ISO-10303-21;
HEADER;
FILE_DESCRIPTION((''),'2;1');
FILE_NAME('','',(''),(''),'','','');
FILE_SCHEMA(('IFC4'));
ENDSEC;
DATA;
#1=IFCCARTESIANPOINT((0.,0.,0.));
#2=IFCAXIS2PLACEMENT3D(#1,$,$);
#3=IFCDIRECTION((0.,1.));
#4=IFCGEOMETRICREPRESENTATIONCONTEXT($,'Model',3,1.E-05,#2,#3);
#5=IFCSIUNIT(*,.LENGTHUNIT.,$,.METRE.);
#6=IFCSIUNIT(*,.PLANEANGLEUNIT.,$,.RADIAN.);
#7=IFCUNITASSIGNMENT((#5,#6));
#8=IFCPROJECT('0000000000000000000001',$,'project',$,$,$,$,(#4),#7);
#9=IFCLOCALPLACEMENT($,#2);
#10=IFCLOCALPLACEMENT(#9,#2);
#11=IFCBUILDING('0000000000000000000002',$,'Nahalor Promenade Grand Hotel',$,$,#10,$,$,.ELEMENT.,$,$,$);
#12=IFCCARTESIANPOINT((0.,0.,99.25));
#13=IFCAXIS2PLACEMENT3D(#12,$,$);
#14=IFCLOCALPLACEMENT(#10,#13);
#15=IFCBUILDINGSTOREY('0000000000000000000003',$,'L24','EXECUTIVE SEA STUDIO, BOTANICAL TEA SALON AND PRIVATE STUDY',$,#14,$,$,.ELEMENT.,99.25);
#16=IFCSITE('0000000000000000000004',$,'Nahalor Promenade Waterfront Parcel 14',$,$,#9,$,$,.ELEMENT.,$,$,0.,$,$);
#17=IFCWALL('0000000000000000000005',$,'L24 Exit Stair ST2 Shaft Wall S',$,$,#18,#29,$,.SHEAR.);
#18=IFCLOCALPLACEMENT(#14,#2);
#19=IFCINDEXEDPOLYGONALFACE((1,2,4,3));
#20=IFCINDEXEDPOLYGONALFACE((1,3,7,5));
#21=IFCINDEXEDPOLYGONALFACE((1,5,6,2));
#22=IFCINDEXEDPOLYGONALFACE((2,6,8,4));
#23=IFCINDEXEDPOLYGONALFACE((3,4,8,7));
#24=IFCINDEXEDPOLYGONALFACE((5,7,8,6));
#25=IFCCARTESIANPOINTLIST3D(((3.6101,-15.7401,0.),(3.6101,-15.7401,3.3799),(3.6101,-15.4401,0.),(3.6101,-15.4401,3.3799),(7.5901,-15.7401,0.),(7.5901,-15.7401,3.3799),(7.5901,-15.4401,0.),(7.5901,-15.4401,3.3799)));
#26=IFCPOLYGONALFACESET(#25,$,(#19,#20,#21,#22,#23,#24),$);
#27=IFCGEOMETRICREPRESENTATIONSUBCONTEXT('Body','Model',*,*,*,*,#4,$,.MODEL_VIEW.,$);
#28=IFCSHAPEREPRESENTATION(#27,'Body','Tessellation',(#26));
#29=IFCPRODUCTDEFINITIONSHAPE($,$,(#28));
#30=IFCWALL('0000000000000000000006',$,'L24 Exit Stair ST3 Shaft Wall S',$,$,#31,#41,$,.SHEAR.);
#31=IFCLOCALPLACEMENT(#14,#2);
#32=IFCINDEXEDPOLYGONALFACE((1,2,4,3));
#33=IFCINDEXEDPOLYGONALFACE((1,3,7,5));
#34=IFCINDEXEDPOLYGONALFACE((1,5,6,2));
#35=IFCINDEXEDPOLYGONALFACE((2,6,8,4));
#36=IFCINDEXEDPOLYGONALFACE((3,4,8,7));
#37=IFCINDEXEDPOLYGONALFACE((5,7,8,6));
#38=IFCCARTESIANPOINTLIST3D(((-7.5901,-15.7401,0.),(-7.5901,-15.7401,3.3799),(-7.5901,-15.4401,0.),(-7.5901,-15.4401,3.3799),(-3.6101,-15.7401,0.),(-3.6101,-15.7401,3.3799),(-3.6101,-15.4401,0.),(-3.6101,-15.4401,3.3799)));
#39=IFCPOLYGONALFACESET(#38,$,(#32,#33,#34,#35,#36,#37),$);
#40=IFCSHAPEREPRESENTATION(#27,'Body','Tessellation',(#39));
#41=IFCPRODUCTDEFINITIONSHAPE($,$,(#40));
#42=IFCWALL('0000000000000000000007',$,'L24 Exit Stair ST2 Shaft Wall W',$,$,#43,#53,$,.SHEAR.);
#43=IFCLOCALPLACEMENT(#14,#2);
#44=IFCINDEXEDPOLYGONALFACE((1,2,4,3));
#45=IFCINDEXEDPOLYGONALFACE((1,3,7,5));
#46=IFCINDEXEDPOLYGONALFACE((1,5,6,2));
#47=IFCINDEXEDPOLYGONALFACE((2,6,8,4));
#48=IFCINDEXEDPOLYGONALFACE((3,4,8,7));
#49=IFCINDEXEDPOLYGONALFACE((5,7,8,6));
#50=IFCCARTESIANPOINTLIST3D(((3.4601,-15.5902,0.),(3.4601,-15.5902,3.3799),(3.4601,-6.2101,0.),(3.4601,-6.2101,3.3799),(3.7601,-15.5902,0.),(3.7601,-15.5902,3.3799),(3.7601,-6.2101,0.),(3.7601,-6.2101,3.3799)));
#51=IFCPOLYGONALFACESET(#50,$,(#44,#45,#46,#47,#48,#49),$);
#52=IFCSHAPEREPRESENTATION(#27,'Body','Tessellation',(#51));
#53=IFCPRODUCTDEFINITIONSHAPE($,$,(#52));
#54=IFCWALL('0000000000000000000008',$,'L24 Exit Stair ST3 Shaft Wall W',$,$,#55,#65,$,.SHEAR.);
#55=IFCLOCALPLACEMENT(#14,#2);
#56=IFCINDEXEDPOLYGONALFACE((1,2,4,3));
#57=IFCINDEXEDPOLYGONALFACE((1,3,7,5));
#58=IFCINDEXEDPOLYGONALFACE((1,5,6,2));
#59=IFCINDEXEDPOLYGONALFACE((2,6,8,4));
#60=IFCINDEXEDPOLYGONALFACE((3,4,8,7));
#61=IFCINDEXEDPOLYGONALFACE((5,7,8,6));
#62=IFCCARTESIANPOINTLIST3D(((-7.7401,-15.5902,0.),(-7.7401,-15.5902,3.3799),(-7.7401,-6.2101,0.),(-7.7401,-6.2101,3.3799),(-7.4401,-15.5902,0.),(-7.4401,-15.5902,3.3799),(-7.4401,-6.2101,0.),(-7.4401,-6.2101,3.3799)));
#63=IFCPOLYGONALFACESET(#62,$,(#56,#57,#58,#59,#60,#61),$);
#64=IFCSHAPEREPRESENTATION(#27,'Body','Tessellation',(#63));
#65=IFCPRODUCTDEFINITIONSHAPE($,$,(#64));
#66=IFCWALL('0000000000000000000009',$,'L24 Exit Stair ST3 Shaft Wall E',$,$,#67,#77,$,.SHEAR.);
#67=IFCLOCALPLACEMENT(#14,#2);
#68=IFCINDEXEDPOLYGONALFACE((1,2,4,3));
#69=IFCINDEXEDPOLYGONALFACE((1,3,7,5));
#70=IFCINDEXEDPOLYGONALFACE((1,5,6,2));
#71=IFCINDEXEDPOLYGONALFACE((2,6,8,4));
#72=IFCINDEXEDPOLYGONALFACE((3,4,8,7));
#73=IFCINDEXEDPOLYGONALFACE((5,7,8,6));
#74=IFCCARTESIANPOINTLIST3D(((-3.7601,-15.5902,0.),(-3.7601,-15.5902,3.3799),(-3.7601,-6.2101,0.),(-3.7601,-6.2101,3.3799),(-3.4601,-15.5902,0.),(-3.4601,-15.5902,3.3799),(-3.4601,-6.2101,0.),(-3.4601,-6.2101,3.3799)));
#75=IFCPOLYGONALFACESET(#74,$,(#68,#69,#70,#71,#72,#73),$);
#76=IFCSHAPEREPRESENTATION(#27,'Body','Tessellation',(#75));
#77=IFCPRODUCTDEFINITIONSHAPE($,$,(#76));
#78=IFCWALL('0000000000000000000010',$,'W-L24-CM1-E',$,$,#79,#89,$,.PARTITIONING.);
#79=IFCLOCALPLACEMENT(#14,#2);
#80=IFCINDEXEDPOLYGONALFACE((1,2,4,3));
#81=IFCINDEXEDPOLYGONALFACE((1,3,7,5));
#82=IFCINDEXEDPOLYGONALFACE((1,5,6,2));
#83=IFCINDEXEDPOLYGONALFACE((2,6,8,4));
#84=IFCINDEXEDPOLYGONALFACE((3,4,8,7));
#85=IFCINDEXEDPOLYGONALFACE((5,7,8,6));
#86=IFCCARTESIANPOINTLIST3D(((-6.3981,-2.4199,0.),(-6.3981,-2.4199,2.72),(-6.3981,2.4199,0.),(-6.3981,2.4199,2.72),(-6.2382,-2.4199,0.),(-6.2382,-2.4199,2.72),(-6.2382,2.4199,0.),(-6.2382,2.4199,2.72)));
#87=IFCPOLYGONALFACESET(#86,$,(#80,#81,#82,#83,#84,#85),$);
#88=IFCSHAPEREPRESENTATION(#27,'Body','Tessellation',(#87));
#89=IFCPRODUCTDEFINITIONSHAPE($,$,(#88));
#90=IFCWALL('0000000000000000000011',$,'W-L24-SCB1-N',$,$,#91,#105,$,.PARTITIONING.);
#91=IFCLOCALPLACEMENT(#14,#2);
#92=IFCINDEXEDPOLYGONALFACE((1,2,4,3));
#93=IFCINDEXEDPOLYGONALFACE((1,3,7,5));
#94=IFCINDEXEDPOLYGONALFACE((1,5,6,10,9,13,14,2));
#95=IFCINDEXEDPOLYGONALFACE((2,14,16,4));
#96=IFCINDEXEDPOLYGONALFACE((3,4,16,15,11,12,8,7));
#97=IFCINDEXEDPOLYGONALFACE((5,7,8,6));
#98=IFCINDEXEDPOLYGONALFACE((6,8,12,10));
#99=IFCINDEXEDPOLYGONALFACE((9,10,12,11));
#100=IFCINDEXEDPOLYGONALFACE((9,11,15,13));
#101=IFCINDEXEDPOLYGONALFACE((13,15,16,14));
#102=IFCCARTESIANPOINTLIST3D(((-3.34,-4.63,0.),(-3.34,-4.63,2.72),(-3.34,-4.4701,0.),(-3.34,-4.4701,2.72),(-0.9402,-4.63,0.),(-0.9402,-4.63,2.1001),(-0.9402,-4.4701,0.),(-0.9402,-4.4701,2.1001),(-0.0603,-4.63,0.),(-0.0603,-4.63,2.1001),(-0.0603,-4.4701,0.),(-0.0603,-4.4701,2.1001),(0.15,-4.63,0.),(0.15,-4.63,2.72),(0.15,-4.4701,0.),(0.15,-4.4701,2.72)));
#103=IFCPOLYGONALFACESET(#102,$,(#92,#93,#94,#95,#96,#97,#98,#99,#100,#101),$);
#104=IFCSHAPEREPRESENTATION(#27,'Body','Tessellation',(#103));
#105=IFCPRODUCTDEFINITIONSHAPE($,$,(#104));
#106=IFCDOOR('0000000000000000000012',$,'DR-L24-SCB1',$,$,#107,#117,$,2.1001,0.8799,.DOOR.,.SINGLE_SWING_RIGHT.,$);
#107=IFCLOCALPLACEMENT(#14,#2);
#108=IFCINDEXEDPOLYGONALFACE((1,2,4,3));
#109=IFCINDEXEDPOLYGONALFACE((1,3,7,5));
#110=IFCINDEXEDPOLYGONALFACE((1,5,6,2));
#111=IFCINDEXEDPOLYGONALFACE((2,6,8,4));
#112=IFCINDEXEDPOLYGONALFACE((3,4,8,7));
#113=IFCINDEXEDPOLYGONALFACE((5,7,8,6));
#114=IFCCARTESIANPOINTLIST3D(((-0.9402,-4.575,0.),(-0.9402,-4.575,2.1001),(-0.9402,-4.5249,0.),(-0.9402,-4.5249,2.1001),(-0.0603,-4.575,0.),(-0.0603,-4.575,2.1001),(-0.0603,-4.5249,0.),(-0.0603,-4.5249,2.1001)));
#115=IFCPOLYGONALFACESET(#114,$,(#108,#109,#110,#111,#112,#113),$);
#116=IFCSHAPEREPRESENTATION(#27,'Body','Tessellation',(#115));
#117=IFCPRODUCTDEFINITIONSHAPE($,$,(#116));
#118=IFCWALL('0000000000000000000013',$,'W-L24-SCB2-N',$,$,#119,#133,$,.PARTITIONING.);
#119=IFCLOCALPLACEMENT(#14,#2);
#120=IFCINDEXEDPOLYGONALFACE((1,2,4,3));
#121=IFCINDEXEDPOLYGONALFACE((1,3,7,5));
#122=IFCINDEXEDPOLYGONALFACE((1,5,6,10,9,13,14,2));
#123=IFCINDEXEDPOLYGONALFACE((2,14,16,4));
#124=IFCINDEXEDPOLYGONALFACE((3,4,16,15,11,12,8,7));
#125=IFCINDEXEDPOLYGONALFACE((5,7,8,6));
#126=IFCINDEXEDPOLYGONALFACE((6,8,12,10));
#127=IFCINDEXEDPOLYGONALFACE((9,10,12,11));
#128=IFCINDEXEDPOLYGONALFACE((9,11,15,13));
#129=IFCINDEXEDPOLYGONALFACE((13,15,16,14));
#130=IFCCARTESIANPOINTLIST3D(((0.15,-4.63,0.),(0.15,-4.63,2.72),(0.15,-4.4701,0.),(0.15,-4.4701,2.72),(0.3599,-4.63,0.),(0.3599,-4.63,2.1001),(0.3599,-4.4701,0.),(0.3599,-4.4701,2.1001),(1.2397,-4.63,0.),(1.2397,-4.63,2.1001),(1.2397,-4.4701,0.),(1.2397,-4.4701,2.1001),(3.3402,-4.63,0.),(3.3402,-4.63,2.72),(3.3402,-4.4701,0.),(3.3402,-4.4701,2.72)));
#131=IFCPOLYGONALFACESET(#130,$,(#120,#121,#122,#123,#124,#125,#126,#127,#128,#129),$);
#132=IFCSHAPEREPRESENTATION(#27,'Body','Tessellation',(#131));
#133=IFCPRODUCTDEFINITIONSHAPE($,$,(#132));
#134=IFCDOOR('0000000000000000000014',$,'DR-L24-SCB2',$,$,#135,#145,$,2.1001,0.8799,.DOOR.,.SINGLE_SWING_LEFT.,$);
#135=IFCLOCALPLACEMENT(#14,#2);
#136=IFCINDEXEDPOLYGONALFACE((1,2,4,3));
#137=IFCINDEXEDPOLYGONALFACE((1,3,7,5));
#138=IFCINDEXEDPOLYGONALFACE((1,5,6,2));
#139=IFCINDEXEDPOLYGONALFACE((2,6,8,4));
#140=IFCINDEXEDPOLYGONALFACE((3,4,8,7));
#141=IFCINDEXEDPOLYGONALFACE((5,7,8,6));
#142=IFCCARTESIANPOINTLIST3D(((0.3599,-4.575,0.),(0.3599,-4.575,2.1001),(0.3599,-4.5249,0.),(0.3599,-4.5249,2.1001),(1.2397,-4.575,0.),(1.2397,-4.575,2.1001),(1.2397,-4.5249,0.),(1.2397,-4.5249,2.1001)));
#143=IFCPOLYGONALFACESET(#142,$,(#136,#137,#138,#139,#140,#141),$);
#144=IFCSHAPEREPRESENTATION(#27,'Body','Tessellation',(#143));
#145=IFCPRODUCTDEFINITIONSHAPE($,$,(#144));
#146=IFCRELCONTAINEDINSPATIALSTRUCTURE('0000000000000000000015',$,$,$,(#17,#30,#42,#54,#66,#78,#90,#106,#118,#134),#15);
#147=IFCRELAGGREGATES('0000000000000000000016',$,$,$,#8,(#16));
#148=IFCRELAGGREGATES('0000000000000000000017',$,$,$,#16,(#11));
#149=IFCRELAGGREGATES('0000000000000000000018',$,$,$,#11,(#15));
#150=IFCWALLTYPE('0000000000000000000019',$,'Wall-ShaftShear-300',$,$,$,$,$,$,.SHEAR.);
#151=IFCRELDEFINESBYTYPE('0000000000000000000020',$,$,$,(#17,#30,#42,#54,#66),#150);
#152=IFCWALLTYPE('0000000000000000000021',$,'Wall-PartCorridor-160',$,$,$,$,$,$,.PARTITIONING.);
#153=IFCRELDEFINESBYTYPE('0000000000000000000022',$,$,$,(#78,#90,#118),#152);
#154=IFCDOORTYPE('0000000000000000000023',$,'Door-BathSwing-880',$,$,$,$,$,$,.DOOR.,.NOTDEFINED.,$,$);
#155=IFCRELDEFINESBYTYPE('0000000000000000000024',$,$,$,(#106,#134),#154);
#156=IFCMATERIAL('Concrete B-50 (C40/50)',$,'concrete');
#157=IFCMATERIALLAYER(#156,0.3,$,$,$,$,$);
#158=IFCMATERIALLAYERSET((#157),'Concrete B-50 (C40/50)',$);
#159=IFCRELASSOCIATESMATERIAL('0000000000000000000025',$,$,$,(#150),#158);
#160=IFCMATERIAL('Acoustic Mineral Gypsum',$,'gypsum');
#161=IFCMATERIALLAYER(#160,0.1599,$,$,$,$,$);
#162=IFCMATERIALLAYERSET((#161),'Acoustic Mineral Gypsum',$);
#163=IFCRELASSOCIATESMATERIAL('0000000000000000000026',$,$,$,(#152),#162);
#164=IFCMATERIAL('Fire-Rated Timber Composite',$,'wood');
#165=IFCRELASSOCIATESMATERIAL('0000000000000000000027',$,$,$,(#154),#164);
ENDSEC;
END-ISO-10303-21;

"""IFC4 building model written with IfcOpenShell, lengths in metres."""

from ifc_helpers import new_model, si_unit, direction, frame, frame_2d, origin, place, context, subcontext, project, spatial, rectangle, extrude, source, transform, mapped, material, layer, layer_set, type_object, element, fill, save


model = new_model("IFC4")

# Units and contexts
model_context = context("Model", 3, precision=1e-05, world=origin(), true_north=direction((0.0, 1.0)))
body_context = subcontext(model_context, "Body", "Model", "MODEL_VIEW")
ifc_project = project(units=[si_unit("LENGTHUNIT", "METRE"), si_unit("PLANEANGLEUNIT", "RADIAN")], contexts=[model_context])

# Site, building, storey
site_placement = place(None, origin())
site = spatial("IfcSite", under=ifc_project, at=site_placement, Name="Nahalor Promenade Waterfront Parcel 14", CompositionType="ELEMENT", RefElevation=0.0)
building_placement = place(site_placement, origin())
building = spatial("IfcBuilding", under=site, at=building_placement, Name="Nahalor Promenade Grand Hotel", CompositionType="ELEMENT")
storey_placement = place(building_placement, frame((0.0, 0.0, 99.25)))
storey = spatial("IfcBuildingStorey", under=building, at=storey_placement, Name="L24", Description="EXECUTIVE SEA STUDIO, BOTANICAL TEA SALON AND PRIVATE STUDY", CompositionType="ELEMENT", Elevation=99.25)

# Walls
ifc_material_1 = material(Name="Concrete B-50 (C40/50)", Category="concrete")
ifc_layer_1 = layer(ifc_material_1, 0.3)
ifc_layer_set_1 = layer_set([ifc_layer_1], Name="Concrete B-50 (C40/50)")
wall_type_1 = type_object("IfcWallType", Name="Wall-ShaftShear-300", PredefinedType="SHEAR", material=ifc_layer_set_1)
shared_shape_1 = source(origin(), body_context, "Body", "SweptSolid", [
    extrude(rectangle(XDim=3.98, YDim=0.3, at=frame_2d((1.99, 0.0))), origin(), (0.0, 0.0, 1.0), 3.3799),
])
for number, where, z_axis, x_axis, name in (
    (1, (3.6101, -15.5901, 0.0), (0.0, 0.0, 1.0), (1.0, 0.0, 0.0), "L24 Exit Stair ST2 Shaft Wall S"),
    (2, (-7.5901, -15.5901, 0.0), (0.0, 0.0, 1.0), (1.0, 0.0, 0.0), "L24 Exit Stair ST3 Shaft Wall S"),
):
    element("IfcWall", number, at=place(storey_placement, frame(where, z_axis=z_axis, x_axis=x_axis)), inside=storey, type_object=wall_type_1, Name=name, PredefinedType="SHEAR", context=body_context, shape_type="MappedRepresentation", body=[
        mapped(shared_shape_1, transform((0.0, 0.0, 0.0), scale=1.0)),
    ])

# Walls
shared_shape_2 = source(origin(), body_context, "Body", "SweptSolid", [
    extrude(rectangle(XDim=9.3801, YDim=0.3, at=frame_2d((4.6899, 0.0))), origin(), (0.0, 0.0, 1.0), 3.3799),
])
for number, where, z_axis, x_axis, name in (
    (3, (3.6101, -15.5901, 0.0), (0.0, 0.0, 1.0), (0.0, 1.0, 0.0), "L24 Exit Stair ST2 Shaft Wall W"),
    (4, (-7.5901, -15.5901, 0.0), (0.0, 0.0, 1.0), (0.0, 1.0, 0.0), "L24 Exit Stair ST3 Shaft Wall W"),
    (5, (-3.6101, -15.5901, 0.0), (0.0, 0.0, 1.0), (0.0, 1.0, 0.0), "L24 Exit Stair ST3 Shaft Wall E"),
):
    element("IfcWall", number, at=place(storey_placement, frame(where, z_axis=z_axis, x_axis=x_axis)), inside=storey, type_object=wall_type_1, Name=name, PredefinedType="SHEAR", context=body_context, shape_type="MappedRepresentation", body=[
        mapped(shared_shape_2, transform((0.0, 0.0, 0.0), scale=1.0)),
    ])
ifc_material_2 = material(Name="Acoustic Mineral Gypsum", Category="gypsum")
ifc_layer_2 = layer(ifc_material_2, 0.1599)
ifc_layer_set_2 = layer_set([ifc_layer_2], Name="Acoustic Mineral Gypsum")
wall_type_2 = type_object("IfcWallType", Name="Wall-PartCorridor-160", PredefinedType="PARTITIONING", material=ifc_layer_set_2)
shared_shape_3 = source(origin(), body_context, "Body", "SweptSolid", [
    extrude(rectangle(XDim=4.8398, YDim=0.1599, at=frame_2d((2.4199, 0.0))), origin(), (0.0, 0.0, 1.0), 2.72),
])
wall_1_placement = place(storey_placement, frame((-6.3181, -2.4199, 0.0), z_axis=(0.0, 0.0, 1.0), x_axis=(0.0, 1.0, 0.0)))
element("IfcWall", 6, at=wall_1_placement, inside=storey, type_object=wall_type_2, Name="W-L24-CM1-E", PredefinedType="PARTITIONING", context=body_context, shape_type="MappedRepresentation", body=[
    mapped(shared_shape_3, transform((0.0, 0.0, 0.0), scale=1.0)),
])

# Walls, openings, doors
shared_shape_4 = source(origin(), body_context, "Body", "SweptSolid", [
    extrude(rectangle(XDim=3.49, YDim=0.1599, at=frame_2d((1.7451, 0.0))), origin(), (0.0, 0.0, 1.0), 2.72),
])
wall_2_placement = place(storey_placement, frame((-3.3401, -4.55, 0.0), z_axis=(0.0, 0.0, 1.0), x_axis=(1.0, 0.0, 0.0)))
wall_2 = element("IfcWall", 7, at=wall_2_placement, inside=storey, type_object=wall_type_2, Name="W-L24-SCB1-N", PredefinedType="PARTITIONING", context=body_context, shape_type="MappedRepresentation", body=[
    mapped(shared_shape_4, transform((0.0, 0.0, 0.0), scale=1.0)),
])
opening_1_placement = place(wall_2_placement, frame((2.3999, 0.0, 0.0)))
opening_1 = element("IfcOpeningElement", 8, at=opening_1_placement, cuts=wall_2, PredefinedType="OPENING", context=body_context, shape_type="SweptSolid", body=[
    extrude(rectangle(XDim=0.8799, YDim=2.1001, at=frame_2d((0.4399, 1.05))), frame((0.0, 0.0898, 0.0), z_axis=(0.0, -1.0, 0.0), x_axis=(1.0, 0.0, 0.0)), (0.0, 0.0, 1.0), 0.1799),
])
ifc_material_3 = material(Name="Fire-Rated Timber Composite", Category="wood")
door_type_1 = type_object("IfcDoorType", Name="Door-BathSwing-880", OperationType="NOTDEFINED", PredefinedType="DOOR", material=ifc_material_3)
shared_shape_5 = source(origin(), body_context, "Body", "SweptSolid", [
    extrude(rectangle(XDim=0.8799, YDim=2.1001, at=frame_2d((0.4399, 1.05))), frame((0.0, 0.0249, 0.0), z_axis=(0.0, -1.0, 0.0), x_axis=(1.0, 0.0, 0.0)), (0.0, 0.0, 1.0), 0.05),
])
door_1_placement = place(opening_1_placement, frame((0.8799, 0.0, 0.0), z_axis=(0.0, 0.0, 1.0), x_axis=(-1.0, 0.0, 0.0)))
door_1 = element("IfcDoor", 9, at=door_1_placement, inside=storey, type_object=door_type_1, Name="DR-L24-SCB1", OperationType="SINGLE_SWING_RIGHT", OverallHeight=2.1001, OverallWidth=0.8799, PredefinedType="DOOR", context=body_context, shape_type="MappedRepresentation", body=[
    mapped(shared_shape_5, transform((0.0, 0.0, 0.0), scale=1.0)),
])
fill(opening_1, door_1)
shared_shape_6 = source(origin(), body_context, "Body", "SweptSolid", [
    extrude(rectangle(XDim=3.1902, YDim=0.1599, at=frame_2d((1.5952, 0.0))), origin(), (0.0, 0.0, 1.0), 2.72),
])
wall_3_placement = place(storey_placement, frame((0.1499, -4.55, 0.0), z_axis=(0.0, 0.0, 1.0), x_axis=(1.0, 0.0, 0.0)))
wall_3 = element("IfcWall", 10, at=wall_3_placement, inside=storey, type_object=wall_type_2, Name="W-L24-SCB2-N", PredefinedType="PARTITIONING", context=body_context, shape_type="MappedRepresentation", body=[
    mapped(shared_shape_6, transform((0.0, 0.0, 0.0), scale=1.0)),
])
opening_2_placement = place(wall_3_placement, frame((0.21, 0.0, 0.0)))
opening_2 = element("IfcOpeningElement", 11, at=opening_2_placement, cuts=wall_3, PredefinedType="OPENING", context=body_context, shape_type="SweptSolid", body=[
    extrude(rectangle(XDim=0.8799, YDim=2.1001, at=frame_2d((0.4399, 1.05))), frame((0.0, 0.0898, 0.0), z_axis=(0.0, -1.0, 0.0), x_axis=(1.0, 0.0, 0.0)), (0.0, 0.0, 1.0), 0.1799),
])
door_2_placement = place(opening_2_placement, frame((0.8799, 0.0, 0.0), z_axis=(0.0, 0.0, 1.0), x_axis=(-1.0, 0.0, 0.0)))
door_2 = element("IfcDoor", 12, at=door_2_placement, inside=storey, type_object=door_type_1, Name="DR-L24-SCB2", OperationType="SINGLE_SWING_LEFT", OverallHeight=2.1001, OverallWidth=0.8799, PredefinedType="DOOR", context=body_context, shape_type="MappedRepresentation", body=[
    mapped(shared_shape_5, transform((0.0, 0.0, 0.0), scale=1.0)),
])
fill(opening_2, door_2)

save(model, "model.ifc")
